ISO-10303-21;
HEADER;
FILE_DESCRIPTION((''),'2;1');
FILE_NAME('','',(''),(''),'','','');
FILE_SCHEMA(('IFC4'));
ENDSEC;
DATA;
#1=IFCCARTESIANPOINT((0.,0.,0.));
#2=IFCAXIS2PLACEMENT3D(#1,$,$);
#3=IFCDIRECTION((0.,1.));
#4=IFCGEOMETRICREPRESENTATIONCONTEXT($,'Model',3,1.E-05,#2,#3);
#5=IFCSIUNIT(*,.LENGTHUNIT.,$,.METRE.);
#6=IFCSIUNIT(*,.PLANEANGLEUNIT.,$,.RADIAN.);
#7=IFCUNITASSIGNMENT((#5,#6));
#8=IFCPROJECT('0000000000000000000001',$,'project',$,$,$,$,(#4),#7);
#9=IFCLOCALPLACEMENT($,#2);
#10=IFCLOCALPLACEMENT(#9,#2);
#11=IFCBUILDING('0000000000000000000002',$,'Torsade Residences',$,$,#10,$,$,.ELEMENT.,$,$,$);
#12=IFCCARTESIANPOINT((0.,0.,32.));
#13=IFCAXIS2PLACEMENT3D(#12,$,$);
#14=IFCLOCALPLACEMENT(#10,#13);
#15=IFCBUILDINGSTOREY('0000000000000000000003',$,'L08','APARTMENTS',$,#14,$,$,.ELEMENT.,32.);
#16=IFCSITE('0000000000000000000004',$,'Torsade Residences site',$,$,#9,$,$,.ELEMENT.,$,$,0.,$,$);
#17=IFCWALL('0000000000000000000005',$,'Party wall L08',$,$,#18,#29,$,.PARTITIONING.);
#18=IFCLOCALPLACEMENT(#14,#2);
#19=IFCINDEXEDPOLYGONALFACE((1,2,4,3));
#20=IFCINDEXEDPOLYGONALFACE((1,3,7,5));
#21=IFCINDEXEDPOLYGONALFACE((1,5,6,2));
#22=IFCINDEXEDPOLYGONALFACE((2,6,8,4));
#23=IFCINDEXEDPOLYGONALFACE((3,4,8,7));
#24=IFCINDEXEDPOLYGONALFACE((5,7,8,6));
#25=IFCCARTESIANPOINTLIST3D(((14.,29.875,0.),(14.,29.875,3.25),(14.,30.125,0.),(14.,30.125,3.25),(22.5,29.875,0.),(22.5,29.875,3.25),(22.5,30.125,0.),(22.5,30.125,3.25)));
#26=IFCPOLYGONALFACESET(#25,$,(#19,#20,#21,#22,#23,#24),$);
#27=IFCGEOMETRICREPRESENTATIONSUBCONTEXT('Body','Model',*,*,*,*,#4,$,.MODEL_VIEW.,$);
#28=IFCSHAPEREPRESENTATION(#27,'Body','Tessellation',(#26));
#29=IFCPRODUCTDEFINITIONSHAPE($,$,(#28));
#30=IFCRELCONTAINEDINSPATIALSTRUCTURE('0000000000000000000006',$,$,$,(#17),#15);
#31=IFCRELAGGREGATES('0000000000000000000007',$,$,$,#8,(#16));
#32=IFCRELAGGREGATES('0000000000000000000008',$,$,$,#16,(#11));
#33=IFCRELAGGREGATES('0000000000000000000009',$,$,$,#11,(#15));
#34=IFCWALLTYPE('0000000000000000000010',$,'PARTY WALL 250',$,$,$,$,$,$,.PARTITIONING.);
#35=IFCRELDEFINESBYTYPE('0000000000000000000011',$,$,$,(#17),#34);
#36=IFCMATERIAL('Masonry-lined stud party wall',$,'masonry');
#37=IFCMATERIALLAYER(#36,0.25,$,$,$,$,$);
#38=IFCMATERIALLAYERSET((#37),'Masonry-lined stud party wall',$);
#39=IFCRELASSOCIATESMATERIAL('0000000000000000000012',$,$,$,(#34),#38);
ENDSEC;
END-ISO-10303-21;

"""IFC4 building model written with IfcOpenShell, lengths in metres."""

from ifc_helpers import new_model, si_unit, direction, frame, frame_2d, origin, place, context, subcontext, project, spatial, rectangle, extrude, material, layer, layer_set, type_object, element, save


model = new_model("IFC4")

# Units and contexts
model_context = context("Model", 3, precision=1e-05, world=origin(), true_north=direction((0.0, 1.0)))
body_context = subcontext(model_context, "Body", "Model", "MODEL_VIEW")
ifc_project = project(units=[si_unit("LENGTHUNIT", "METRE"), si_unit("PLANEANGLEUNIT", "RADIAN")], contexts=[model_context])

# Site, building, storey
site_placement = place(None, origin())
site = spatial("IfcSite", under=ifc_project, at=site_placement, Name="Torsade Residences site", CompositionType="ELEMENT", RefElevation=0.0)
building_placement = place(site_placement, origin())
building = spatial("IfcBuilding", under=site, at=building_placement, Name="Torsade Residences", CompositionType="ELEMENT")
storey_placement = place(building_placement, frame((0.0, 0.0, 32.0)))
storey = spatial("IfcBuildingStorey", under=building, at=storey_placement, Name="L08", Description="APARTMENTS", CompositionType="ELEMENT", Elevation=32.0)

# Wall
ifc_material_1 = material(Name="Masonry-lined stud party wall", Category="masonry")
ifc_layer_1 = layer(ifc_material_1, 0.25)
ifc_layer_set_1 = layer_set([ifc_layer_1], Name="Masonry-lined stud party wall")
wall_type_1 = type_object("IfcWallType", Name="PARTY WALL 250", PredefinedType="PARTITIONING", material=ifc_layer_set_1)
wall_1_placement = place(storey_placement, frame((14.0, 30.0, 0.0), z_axis=(0.0, 0.0, 1.0), x_axis=(1.0, 0.0, 0.0)))
element("IfcWall", 1, at=wall_1_placement, inside=storey, type_object=wall_type_1, Name="Party wall L08", PredefinedType="PARTITIONING", context=body_context, shape_type="SweptSolid", body=[
    extrude(rectangle(XDim=8.5, YDim=0.25, at=frame_2d((4.25, 0.0))), origin(), (0.0, 0.0, 1.0), 3.25),
])

save(model, "model.ifc")
